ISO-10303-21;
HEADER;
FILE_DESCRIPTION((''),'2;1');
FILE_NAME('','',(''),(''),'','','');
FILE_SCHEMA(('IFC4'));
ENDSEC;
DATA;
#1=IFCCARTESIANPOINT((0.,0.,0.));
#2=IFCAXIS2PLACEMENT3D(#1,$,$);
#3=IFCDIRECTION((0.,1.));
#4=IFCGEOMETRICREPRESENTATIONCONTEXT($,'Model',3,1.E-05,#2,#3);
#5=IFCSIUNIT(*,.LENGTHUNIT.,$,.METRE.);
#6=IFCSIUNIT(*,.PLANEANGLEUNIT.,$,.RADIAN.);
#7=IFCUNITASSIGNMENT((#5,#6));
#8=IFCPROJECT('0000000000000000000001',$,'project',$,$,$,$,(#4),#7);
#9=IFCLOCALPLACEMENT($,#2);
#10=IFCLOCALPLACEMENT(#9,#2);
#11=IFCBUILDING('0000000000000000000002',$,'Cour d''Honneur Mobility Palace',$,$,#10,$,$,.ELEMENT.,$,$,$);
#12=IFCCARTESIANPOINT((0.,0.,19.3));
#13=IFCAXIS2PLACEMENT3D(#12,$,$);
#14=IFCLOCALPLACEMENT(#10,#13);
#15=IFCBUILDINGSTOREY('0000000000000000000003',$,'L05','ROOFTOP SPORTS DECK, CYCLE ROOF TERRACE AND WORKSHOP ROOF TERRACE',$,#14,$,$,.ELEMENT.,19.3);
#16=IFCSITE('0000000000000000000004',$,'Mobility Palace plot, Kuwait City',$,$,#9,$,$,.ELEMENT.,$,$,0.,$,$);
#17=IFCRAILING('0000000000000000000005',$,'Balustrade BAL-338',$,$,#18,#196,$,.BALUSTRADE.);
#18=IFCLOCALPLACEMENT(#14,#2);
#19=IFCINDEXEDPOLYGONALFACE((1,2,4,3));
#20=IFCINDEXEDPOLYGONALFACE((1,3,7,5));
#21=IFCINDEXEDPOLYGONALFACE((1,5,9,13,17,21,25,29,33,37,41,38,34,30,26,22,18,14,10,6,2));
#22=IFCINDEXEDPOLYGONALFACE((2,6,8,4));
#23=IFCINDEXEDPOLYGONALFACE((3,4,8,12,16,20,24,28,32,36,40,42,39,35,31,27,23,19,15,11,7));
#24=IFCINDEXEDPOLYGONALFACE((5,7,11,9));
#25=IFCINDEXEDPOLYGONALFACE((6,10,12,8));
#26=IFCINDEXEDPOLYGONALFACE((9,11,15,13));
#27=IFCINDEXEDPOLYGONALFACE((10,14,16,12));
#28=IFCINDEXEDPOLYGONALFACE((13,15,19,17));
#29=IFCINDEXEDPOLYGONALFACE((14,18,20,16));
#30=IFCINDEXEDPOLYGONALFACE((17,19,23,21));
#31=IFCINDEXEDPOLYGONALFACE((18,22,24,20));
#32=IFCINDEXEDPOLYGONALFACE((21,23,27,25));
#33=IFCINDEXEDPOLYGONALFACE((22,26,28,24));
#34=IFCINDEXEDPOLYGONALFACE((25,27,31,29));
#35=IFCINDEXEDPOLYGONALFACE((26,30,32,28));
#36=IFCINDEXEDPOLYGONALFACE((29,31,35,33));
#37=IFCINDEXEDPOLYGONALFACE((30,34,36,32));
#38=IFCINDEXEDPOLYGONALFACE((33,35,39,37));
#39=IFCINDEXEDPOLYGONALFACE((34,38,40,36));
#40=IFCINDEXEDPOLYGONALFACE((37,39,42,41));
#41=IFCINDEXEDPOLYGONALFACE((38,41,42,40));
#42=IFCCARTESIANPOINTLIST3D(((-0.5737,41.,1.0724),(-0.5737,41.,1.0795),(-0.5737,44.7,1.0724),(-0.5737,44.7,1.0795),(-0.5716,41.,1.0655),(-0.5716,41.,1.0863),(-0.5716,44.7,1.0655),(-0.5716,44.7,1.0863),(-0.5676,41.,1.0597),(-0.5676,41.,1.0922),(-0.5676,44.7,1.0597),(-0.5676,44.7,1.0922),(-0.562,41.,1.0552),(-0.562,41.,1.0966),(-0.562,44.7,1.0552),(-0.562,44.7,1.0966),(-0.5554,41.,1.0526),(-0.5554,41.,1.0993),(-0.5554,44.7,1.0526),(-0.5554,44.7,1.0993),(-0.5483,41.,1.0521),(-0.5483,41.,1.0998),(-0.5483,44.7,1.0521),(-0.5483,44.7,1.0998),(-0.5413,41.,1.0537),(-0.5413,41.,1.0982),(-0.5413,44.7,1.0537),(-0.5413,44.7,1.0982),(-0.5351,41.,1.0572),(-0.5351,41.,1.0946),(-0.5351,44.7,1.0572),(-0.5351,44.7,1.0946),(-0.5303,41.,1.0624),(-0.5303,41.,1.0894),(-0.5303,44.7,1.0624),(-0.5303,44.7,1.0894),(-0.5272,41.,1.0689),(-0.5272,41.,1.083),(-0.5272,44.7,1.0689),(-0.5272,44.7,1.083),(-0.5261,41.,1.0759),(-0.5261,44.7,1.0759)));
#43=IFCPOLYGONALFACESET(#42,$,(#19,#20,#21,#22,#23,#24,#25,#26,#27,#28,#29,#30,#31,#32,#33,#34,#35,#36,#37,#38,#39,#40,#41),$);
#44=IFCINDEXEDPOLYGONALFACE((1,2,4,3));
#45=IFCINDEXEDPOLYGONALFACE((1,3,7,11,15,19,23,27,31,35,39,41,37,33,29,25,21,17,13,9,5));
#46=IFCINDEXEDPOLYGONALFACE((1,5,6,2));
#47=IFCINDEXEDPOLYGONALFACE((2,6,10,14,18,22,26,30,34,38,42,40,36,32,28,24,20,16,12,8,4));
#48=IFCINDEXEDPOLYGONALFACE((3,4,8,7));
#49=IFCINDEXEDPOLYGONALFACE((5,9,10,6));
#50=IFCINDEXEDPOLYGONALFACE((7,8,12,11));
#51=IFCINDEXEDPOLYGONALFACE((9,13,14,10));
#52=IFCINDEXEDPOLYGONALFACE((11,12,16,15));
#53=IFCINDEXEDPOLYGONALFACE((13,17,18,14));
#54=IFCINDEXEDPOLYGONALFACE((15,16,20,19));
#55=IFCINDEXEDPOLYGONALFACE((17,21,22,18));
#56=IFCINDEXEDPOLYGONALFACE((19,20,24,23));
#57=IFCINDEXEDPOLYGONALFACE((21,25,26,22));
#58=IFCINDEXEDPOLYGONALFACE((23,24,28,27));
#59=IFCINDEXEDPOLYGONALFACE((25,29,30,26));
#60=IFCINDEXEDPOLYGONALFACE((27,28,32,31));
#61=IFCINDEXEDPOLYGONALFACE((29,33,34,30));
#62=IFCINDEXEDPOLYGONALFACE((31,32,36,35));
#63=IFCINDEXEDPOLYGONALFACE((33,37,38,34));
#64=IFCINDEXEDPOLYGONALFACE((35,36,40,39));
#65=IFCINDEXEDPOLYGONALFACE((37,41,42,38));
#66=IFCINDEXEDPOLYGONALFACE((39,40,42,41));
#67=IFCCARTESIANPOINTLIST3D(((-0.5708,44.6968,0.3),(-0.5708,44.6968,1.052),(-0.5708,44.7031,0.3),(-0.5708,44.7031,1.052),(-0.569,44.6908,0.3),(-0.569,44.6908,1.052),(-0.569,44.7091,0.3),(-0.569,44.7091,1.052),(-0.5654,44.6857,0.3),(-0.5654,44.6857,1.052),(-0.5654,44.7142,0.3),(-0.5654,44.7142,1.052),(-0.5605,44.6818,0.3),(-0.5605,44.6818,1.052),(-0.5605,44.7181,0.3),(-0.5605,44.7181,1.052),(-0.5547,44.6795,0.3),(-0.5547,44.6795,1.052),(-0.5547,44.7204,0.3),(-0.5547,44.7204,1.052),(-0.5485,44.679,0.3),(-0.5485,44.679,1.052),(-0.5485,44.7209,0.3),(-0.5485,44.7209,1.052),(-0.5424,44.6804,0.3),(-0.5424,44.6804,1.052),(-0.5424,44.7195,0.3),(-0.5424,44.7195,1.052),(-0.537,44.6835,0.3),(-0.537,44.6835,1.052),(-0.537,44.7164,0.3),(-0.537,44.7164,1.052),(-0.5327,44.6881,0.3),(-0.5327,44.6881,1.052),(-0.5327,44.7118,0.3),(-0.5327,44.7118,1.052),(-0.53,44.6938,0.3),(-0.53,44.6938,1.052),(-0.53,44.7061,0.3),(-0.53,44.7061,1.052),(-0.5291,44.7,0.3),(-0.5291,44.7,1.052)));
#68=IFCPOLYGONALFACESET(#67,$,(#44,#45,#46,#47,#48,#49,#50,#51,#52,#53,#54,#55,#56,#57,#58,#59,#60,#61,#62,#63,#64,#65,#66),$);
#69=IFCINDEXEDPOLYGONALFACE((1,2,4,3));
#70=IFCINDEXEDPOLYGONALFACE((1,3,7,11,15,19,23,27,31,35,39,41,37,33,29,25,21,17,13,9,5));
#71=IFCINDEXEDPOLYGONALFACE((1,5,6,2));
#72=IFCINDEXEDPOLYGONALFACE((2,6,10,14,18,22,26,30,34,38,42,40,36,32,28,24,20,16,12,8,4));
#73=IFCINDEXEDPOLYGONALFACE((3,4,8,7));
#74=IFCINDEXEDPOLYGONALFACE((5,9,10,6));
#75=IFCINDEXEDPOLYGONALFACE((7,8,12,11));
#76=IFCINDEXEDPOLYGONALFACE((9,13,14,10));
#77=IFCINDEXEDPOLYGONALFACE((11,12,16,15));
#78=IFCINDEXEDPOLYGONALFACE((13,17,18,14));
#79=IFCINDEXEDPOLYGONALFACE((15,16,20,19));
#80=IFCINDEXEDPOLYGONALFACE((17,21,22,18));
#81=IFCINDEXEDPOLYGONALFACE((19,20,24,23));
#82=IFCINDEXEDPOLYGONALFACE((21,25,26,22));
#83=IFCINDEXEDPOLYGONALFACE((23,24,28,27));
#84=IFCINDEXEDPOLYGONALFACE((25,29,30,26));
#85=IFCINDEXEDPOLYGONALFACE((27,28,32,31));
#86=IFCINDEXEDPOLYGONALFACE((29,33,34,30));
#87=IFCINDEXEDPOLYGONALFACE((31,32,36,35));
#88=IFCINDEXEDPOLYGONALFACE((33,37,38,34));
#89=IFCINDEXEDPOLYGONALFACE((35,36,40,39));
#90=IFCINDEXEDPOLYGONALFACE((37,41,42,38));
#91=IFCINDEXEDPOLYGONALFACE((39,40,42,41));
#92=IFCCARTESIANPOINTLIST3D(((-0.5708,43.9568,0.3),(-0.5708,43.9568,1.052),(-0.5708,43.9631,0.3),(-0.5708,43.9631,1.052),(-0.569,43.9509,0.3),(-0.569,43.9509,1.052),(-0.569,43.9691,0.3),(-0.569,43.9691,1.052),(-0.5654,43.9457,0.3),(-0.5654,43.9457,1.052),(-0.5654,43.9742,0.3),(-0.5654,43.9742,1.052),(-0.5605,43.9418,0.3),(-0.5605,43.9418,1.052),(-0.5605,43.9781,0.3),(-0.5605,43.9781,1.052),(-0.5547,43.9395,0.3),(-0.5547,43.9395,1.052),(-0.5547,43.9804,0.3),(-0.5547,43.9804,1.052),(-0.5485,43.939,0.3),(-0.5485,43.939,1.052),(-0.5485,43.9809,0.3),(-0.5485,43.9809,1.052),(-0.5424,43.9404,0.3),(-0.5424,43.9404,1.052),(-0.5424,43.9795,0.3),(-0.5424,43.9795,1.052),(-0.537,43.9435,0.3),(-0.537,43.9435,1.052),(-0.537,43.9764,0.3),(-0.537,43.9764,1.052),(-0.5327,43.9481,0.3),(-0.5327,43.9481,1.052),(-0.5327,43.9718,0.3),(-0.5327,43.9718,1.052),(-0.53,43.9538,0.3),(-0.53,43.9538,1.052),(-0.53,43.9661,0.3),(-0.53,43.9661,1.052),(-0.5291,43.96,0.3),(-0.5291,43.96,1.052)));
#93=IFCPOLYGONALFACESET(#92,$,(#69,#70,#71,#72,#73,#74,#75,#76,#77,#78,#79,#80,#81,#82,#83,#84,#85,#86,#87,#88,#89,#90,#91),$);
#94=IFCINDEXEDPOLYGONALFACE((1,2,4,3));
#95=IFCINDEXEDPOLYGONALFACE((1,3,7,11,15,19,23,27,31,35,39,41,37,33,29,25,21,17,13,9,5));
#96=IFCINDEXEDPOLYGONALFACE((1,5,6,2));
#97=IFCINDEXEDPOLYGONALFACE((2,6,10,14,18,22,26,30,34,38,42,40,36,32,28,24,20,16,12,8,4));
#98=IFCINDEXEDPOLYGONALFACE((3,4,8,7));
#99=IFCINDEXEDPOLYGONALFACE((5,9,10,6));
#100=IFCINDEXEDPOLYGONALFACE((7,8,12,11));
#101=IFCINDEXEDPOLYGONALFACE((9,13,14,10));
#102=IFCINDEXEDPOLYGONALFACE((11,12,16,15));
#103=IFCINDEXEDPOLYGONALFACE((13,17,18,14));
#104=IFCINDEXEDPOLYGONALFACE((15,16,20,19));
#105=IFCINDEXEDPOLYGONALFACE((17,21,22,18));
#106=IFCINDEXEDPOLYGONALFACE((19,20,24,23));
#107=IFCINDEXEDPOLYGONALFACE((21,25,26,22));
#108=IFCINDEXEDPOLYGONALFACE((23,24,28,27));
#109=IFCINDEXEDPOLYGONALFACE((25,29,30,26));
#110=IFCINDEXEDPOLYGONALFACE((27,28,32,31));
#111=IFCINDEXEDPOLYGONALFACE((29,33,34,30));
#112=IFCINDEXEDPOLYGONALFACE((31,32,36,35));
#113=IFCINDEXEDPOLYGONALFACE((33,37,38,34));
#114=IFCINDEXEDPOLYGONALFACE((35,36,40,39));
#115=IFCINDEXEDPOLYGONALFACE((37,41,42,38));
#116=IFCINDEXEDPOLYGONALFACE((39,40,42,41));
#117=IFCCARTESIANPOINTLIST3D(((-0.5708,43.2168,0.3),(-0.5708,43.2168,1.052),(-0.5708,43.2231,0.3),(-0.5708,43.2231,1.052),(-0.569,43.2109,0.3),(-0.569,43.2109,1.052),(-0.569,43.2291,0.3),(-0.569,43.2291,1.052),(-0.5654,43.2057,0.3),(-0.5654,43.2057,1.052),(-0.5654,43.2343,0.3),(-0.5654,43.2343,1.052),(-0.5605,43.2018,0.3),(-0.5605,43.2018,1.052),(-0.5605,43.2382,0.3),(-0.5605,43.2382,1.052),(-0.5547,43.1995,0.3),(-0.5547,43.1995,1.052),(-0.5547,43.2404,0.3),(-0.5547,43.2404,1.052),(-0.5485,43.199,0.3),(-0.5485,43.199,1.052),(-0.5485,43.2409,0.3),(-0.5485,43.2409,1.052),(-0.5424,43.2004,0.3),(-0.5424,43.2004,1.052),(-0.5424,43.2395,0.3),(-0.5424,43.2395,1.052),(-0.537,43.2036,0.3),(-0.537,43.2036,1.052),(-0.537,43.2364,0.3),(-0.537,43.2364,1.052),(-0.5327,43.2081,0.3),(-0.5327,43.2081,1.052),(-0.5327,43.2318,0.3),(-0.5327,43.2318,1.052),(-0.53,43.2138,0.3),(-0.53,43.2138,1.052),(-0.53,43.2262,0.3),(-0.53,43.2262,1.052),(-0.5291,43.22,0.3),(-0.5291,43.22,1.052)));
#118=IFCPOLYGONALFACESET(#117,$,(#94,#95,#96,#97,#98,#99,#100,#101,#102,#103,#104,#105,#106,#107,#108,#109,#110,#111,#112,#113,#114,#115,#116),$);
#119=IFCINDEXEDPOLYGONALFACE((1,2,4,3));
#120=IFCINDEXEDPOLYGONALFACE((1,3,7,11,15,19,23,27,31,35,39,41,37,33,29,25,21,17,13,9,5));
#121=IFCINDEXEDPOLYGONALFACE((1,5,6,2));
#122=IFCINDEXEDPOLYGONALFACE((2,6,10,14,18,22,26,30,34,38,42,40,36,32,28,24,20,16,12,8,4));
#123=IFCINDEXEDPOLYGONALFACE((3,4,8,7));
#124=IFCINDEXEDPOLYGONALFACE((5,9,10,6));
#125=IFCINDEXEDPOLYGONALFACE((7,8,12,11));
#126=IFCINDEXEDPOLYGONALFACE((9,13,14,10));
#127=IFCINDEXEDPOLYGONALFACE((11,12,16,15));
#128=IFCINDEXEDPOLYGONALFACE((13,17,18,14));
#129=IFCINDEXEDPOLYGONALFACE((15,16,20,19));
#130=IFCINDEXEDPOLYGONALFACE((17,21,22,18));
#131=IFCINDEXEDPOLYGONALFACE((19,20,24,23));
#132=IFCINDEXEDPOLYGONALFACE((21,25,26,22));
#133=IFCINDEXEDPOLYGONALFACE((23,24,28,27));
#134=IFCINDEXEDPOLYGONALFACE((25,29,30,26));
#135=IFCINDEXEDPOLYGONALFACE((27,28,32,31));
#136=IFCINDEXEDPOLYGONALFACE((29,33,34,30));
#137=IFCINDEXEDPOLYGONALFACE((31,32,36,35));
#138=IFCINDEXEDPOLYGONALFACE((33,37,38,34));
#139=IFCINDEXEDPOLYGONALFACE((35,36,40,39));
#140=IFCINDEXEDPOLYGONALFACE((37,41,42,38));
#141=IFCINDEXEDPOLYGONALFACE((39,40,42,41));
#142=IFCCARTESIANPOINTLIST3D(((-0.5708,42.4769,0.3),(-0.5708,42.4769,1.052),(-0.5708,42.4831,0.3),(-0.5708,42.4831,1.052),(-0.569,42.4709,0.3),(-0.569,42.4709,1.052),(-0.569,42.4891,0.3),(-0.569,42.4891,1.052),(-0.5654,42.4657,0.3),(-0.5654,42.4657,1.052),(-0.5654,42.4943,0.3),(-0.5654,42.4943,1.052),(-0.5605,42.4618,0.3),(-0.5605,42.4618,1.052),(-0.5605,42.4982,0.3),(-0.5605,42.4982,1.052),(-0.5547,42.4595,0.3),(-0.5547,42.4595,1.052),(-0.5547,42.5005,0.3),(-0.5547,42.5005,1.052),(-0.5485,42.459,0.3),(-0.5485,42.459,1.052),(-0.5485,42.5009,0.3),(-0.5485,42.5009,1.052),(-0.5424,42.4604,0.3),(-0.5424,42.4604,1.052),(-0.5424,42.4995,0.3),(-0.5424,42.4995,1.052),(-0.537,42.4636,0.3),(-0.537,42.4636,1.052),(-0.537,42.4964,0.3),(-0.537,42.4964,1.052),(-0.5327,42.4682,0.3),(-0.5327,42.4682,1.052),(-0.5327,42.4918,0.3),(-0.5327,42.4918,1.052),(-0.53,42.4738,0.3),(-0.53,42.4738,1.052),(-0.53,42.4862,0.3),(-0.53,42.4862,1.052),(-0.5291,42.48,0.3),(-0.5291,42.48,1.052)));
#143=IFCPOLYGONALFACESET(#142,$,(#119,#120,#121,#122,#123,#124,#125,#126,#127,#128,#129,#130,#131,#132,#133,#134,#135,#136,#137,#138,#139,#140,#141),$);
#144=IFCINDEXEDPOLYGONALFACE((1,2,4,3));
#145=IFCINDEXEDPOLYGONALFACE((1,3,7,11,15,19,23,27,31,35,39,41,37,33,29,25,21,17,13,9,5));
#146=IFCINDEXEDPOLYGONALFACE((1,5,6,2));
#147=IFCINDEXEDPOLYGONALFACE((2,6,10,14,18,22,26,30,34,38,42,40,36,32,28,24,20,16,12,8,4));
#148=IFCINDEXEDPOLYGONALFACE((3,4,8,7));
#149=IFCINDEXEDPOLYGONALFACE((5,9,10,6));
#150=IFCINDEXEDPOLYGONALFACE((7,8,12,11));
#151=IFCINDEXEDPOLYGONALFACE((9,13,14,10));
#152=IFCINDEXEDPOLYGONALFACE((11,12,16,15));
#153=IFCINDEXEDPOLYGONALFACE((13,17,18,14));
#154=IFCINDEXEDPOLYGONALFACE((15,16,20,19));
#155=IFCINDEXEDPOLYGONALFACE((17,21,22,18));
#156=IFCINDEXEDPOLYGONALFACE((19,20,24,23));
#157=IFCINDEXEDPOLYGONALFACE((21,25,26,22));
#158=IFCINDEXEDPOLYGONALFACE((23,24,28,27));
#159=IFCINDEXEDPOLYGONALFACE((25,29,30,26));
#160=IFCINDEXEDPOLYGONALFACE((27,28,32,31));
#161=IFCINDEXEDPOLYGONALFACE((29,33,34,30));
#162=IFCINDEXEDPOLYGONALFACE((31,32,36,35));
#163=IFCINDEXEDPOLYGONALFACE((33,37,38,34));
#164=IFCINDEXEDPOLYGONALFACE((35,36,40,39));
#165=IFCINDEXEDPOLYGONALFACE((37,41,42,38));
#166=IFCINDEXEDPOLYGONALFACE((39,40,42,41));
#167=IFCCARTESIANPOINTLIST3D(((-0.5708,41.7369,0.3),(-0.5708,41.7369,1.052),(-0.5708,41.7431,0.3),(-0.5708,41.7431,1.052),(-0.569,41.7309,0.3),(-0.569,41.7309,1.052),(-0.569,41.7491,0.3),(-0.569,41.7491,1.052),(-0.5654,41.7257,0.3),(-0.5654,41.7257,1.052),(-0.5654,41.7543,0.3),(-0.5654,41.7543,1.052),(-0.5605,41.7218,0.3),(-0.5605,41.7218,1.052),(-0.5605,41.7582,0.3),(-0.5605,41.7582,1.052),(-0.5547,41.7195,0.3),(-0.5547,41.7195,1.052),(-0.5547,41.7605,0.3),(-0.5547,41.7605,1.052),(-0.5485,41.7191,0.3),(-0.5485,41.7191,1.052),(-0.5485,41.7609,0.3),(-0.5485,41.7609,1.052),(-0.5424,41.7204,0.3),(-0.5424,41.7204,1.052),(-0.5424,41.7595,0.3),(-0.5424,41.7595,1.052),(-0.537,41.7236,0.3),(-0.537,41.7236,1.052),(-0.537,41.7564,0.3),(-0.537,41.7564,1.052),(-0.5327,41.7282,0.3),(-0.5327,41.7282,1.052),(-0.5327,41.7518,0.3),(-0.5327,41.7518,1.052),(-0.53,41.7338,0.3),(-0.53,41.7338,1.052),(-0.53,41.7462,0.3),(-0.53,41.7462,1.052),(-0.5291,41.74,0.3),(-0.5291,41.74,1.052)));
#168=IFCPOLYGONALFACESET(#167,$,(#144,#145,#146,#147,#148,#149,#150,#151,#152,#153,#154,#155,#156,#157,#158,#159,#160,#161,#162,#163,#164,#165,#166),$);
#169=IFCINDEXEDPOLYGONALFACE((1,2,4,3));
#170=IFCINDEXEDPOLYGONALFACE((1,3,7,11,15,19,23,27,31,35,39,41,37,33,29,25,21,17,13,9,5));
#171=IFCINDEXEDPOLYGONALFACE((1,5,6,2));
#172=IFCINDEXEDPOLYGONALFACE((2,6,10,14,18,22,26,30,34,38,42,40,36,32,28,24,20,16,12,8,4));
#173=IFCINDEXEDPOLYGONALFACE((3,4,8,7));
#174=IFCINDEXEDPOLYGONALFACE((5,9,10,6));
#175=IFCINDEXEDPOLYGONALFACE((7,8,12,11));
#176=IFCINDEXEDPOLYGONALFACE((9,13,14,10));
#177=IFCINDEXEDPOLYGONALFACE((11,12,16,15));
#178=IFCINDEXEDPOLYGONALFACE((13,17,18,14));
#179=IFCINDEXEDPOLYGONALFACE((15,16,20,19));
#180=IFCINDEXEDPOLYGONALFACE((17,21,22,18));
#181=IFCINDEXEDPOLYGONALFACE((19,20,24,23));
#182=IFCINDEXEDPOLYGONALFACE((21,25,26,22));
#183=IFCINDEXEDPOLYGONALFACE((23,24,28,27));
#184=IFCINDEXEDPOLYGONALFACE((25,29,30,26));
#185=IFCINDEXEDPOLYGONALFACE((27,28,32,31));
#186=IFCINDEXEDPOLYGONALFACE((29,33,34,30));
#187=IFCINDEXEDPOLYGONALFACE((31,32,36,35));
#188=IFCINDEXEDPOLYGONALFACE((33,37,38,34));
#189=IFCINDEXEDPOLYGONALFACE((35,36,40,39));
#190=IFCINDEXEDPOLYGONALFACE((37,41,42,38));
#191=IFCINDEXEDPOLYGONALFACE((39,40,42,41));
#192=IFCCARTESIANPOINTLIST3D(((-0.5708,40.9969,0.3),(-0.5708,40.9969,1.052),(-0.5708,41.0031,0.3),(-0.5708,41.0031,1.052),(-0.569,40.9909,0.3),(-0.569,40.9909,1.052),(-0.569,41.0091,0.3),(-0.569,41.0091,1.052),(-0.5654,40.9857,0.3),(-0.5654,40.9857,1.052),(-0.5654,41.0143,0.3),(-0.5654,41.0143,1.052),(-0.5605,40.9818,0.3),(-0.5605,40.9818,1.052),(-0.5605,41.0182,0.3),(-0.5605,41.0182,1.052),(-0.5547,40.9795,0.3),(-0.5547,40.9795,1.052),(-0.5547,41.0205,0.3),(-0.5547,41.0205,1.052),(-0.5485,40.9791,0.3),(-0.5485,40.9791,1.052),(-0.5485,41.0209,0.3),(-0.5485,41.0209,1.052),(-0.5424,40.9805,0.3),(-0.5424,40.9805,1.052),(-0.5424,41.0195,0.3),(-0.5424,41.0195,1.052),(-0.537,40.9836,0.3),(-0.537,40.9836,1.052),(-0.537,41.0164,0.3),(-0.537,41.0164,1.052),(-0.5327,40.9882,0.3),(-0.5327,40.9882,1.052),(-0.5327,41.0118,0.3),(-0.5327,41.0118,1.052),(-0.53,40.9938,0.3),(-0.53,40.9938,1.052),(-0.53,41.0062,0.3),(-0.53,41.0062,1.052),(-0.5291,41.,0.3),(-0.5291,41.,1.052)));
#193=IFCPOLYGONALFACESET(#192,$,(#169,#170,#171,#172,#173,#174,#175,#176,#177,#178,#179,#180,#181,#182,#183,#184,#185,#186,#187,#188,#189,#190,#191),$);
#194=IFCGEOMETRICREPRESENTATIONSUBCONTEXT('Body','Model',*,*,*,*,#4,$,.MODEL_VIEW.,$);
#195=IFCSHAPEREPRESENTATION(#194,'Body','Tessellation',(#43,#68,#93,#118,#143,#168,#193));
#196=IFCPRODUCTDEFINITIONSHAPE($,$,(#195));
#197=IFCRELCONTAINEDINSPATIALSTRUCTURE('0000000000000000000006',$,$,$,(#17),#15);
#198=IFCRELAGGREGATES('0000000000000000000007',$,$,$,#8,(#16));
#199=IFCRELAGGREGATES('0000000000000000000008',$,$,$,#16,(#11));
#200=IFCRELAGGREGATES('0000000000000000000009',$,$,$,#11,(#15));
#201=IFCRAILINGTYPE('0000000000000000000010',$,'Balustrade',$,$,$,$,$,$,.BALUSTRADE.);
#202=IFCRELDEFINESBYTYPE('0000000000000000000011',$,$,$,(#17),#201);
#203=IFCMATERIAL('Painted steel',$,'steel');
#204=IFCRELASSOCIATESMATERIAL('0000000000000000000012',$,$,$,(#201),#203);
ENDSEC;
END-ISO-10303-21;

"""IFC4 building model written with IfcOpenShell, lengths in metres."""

from ifc_helpers import new_model, si_unit, direction, frame, origin, origin_2d, place, context, subcontext, project, spatial, circle, extrude, material, type_object, element, save


model = new_model("IFC4")

# Units and contexts
model_context = context("Model", 3, precision=1e-05, world=origin(), true_north=direction((0.0, 1.0)))
body_context = subcontext(model_context, "Body", "Model", "MODEL_VIEW")
ifc_project = project(units=[si_unit("LENGTHUNIT", "METRE"), si_unit("PLANEANGLEUNIT", "RADIAN")], contexts=[model_context])

# Site, building, storey
site_placement = place(None, origin())
site = spatial("IfcSite", under=ifc_project, at=site_placement, Name="Mobility Palace plot, Kuwait City", CompositionType="ELEMENT", RefElevation=0.0)
building_placement = place(site_placement, origin())
building = spatial("IfcBuilding", under=site, at=building_placement, Name="Cour d'Honneur Mobility Palace", CompositionType="ELEMENT")
storey_placement = place(building_placement, frame((0.0, 0.0, 19.3)))
storey = spatial("IfcBuildingStorey", under=building, at=storey_placement, Name="L05", Description="ROOFTOP SPORTS DECK, CYCLE ROOF TERRACE AND WORKSHOP ROOF TERRACE", CompositionType="ELEMENT", Elevation=19.3)

# Railing
ifc_material_1 = material(Name="Painted steel", Category="steel")
railing_type_1 = type_object("IfcRailingType", Name="Balustrade", PredefinedType="BALUSTRADE", material=ifc_material_1)
railing_1_placement = place(storey_placement, frame((-0.55, 44.7, 0.3)))
element("IfcRailing", 1, at=railing_1_placement, inside=storey, type_object=railing_type_1, Name="Balustrade BAL-338", PredefinedType="BALUSTRADE", context=body_context, shape_type="SweptSolid", body=[
    extrude(circle(Radius=0.0239, at=origin_2d()), frame((0.0, 0.0, 0.7759), z_axis=(0.0, -1.0, 0.0), x_axis=(1.0, 0.0, 0.0)), (0.0, 0.0, 1.0), 3.7),
    extrude(circle(Radius=0.021, at=origin_2d()), origin(), (0.0, 0.0, 1.0), 0.752),
    extrude(circle(Radius=0.021, at=origin_2d()), frame((0.0, -0.74, 0.0)), (0.0, 0.0, 1.0), 0.752),
    extrude(circle(Radius=0.021, at=origin_2d()), frame((0.0, -1.48, 0.0)), (0.0, 0.0, 1.0), 0.752),
    extrude(circle(Radius=0.021, at=origin_2d()), frame((0.0, -2.22, 0.0)), (0.0, 0.0, 1.0), 0.752),
    extrude(circle(Radius=0.021, at=origin_2d()), frame((0.0, -2.96, 0.0)), (0.0, 0.0, 1.0), 0.752),
    extrude(circle(Radius=0.021, at=origin_2d()), frame((0.0, -3.7, 0.0)), (0.0, 0.0, 1.0), 0.752),
])

save(model, "model.ifc")
